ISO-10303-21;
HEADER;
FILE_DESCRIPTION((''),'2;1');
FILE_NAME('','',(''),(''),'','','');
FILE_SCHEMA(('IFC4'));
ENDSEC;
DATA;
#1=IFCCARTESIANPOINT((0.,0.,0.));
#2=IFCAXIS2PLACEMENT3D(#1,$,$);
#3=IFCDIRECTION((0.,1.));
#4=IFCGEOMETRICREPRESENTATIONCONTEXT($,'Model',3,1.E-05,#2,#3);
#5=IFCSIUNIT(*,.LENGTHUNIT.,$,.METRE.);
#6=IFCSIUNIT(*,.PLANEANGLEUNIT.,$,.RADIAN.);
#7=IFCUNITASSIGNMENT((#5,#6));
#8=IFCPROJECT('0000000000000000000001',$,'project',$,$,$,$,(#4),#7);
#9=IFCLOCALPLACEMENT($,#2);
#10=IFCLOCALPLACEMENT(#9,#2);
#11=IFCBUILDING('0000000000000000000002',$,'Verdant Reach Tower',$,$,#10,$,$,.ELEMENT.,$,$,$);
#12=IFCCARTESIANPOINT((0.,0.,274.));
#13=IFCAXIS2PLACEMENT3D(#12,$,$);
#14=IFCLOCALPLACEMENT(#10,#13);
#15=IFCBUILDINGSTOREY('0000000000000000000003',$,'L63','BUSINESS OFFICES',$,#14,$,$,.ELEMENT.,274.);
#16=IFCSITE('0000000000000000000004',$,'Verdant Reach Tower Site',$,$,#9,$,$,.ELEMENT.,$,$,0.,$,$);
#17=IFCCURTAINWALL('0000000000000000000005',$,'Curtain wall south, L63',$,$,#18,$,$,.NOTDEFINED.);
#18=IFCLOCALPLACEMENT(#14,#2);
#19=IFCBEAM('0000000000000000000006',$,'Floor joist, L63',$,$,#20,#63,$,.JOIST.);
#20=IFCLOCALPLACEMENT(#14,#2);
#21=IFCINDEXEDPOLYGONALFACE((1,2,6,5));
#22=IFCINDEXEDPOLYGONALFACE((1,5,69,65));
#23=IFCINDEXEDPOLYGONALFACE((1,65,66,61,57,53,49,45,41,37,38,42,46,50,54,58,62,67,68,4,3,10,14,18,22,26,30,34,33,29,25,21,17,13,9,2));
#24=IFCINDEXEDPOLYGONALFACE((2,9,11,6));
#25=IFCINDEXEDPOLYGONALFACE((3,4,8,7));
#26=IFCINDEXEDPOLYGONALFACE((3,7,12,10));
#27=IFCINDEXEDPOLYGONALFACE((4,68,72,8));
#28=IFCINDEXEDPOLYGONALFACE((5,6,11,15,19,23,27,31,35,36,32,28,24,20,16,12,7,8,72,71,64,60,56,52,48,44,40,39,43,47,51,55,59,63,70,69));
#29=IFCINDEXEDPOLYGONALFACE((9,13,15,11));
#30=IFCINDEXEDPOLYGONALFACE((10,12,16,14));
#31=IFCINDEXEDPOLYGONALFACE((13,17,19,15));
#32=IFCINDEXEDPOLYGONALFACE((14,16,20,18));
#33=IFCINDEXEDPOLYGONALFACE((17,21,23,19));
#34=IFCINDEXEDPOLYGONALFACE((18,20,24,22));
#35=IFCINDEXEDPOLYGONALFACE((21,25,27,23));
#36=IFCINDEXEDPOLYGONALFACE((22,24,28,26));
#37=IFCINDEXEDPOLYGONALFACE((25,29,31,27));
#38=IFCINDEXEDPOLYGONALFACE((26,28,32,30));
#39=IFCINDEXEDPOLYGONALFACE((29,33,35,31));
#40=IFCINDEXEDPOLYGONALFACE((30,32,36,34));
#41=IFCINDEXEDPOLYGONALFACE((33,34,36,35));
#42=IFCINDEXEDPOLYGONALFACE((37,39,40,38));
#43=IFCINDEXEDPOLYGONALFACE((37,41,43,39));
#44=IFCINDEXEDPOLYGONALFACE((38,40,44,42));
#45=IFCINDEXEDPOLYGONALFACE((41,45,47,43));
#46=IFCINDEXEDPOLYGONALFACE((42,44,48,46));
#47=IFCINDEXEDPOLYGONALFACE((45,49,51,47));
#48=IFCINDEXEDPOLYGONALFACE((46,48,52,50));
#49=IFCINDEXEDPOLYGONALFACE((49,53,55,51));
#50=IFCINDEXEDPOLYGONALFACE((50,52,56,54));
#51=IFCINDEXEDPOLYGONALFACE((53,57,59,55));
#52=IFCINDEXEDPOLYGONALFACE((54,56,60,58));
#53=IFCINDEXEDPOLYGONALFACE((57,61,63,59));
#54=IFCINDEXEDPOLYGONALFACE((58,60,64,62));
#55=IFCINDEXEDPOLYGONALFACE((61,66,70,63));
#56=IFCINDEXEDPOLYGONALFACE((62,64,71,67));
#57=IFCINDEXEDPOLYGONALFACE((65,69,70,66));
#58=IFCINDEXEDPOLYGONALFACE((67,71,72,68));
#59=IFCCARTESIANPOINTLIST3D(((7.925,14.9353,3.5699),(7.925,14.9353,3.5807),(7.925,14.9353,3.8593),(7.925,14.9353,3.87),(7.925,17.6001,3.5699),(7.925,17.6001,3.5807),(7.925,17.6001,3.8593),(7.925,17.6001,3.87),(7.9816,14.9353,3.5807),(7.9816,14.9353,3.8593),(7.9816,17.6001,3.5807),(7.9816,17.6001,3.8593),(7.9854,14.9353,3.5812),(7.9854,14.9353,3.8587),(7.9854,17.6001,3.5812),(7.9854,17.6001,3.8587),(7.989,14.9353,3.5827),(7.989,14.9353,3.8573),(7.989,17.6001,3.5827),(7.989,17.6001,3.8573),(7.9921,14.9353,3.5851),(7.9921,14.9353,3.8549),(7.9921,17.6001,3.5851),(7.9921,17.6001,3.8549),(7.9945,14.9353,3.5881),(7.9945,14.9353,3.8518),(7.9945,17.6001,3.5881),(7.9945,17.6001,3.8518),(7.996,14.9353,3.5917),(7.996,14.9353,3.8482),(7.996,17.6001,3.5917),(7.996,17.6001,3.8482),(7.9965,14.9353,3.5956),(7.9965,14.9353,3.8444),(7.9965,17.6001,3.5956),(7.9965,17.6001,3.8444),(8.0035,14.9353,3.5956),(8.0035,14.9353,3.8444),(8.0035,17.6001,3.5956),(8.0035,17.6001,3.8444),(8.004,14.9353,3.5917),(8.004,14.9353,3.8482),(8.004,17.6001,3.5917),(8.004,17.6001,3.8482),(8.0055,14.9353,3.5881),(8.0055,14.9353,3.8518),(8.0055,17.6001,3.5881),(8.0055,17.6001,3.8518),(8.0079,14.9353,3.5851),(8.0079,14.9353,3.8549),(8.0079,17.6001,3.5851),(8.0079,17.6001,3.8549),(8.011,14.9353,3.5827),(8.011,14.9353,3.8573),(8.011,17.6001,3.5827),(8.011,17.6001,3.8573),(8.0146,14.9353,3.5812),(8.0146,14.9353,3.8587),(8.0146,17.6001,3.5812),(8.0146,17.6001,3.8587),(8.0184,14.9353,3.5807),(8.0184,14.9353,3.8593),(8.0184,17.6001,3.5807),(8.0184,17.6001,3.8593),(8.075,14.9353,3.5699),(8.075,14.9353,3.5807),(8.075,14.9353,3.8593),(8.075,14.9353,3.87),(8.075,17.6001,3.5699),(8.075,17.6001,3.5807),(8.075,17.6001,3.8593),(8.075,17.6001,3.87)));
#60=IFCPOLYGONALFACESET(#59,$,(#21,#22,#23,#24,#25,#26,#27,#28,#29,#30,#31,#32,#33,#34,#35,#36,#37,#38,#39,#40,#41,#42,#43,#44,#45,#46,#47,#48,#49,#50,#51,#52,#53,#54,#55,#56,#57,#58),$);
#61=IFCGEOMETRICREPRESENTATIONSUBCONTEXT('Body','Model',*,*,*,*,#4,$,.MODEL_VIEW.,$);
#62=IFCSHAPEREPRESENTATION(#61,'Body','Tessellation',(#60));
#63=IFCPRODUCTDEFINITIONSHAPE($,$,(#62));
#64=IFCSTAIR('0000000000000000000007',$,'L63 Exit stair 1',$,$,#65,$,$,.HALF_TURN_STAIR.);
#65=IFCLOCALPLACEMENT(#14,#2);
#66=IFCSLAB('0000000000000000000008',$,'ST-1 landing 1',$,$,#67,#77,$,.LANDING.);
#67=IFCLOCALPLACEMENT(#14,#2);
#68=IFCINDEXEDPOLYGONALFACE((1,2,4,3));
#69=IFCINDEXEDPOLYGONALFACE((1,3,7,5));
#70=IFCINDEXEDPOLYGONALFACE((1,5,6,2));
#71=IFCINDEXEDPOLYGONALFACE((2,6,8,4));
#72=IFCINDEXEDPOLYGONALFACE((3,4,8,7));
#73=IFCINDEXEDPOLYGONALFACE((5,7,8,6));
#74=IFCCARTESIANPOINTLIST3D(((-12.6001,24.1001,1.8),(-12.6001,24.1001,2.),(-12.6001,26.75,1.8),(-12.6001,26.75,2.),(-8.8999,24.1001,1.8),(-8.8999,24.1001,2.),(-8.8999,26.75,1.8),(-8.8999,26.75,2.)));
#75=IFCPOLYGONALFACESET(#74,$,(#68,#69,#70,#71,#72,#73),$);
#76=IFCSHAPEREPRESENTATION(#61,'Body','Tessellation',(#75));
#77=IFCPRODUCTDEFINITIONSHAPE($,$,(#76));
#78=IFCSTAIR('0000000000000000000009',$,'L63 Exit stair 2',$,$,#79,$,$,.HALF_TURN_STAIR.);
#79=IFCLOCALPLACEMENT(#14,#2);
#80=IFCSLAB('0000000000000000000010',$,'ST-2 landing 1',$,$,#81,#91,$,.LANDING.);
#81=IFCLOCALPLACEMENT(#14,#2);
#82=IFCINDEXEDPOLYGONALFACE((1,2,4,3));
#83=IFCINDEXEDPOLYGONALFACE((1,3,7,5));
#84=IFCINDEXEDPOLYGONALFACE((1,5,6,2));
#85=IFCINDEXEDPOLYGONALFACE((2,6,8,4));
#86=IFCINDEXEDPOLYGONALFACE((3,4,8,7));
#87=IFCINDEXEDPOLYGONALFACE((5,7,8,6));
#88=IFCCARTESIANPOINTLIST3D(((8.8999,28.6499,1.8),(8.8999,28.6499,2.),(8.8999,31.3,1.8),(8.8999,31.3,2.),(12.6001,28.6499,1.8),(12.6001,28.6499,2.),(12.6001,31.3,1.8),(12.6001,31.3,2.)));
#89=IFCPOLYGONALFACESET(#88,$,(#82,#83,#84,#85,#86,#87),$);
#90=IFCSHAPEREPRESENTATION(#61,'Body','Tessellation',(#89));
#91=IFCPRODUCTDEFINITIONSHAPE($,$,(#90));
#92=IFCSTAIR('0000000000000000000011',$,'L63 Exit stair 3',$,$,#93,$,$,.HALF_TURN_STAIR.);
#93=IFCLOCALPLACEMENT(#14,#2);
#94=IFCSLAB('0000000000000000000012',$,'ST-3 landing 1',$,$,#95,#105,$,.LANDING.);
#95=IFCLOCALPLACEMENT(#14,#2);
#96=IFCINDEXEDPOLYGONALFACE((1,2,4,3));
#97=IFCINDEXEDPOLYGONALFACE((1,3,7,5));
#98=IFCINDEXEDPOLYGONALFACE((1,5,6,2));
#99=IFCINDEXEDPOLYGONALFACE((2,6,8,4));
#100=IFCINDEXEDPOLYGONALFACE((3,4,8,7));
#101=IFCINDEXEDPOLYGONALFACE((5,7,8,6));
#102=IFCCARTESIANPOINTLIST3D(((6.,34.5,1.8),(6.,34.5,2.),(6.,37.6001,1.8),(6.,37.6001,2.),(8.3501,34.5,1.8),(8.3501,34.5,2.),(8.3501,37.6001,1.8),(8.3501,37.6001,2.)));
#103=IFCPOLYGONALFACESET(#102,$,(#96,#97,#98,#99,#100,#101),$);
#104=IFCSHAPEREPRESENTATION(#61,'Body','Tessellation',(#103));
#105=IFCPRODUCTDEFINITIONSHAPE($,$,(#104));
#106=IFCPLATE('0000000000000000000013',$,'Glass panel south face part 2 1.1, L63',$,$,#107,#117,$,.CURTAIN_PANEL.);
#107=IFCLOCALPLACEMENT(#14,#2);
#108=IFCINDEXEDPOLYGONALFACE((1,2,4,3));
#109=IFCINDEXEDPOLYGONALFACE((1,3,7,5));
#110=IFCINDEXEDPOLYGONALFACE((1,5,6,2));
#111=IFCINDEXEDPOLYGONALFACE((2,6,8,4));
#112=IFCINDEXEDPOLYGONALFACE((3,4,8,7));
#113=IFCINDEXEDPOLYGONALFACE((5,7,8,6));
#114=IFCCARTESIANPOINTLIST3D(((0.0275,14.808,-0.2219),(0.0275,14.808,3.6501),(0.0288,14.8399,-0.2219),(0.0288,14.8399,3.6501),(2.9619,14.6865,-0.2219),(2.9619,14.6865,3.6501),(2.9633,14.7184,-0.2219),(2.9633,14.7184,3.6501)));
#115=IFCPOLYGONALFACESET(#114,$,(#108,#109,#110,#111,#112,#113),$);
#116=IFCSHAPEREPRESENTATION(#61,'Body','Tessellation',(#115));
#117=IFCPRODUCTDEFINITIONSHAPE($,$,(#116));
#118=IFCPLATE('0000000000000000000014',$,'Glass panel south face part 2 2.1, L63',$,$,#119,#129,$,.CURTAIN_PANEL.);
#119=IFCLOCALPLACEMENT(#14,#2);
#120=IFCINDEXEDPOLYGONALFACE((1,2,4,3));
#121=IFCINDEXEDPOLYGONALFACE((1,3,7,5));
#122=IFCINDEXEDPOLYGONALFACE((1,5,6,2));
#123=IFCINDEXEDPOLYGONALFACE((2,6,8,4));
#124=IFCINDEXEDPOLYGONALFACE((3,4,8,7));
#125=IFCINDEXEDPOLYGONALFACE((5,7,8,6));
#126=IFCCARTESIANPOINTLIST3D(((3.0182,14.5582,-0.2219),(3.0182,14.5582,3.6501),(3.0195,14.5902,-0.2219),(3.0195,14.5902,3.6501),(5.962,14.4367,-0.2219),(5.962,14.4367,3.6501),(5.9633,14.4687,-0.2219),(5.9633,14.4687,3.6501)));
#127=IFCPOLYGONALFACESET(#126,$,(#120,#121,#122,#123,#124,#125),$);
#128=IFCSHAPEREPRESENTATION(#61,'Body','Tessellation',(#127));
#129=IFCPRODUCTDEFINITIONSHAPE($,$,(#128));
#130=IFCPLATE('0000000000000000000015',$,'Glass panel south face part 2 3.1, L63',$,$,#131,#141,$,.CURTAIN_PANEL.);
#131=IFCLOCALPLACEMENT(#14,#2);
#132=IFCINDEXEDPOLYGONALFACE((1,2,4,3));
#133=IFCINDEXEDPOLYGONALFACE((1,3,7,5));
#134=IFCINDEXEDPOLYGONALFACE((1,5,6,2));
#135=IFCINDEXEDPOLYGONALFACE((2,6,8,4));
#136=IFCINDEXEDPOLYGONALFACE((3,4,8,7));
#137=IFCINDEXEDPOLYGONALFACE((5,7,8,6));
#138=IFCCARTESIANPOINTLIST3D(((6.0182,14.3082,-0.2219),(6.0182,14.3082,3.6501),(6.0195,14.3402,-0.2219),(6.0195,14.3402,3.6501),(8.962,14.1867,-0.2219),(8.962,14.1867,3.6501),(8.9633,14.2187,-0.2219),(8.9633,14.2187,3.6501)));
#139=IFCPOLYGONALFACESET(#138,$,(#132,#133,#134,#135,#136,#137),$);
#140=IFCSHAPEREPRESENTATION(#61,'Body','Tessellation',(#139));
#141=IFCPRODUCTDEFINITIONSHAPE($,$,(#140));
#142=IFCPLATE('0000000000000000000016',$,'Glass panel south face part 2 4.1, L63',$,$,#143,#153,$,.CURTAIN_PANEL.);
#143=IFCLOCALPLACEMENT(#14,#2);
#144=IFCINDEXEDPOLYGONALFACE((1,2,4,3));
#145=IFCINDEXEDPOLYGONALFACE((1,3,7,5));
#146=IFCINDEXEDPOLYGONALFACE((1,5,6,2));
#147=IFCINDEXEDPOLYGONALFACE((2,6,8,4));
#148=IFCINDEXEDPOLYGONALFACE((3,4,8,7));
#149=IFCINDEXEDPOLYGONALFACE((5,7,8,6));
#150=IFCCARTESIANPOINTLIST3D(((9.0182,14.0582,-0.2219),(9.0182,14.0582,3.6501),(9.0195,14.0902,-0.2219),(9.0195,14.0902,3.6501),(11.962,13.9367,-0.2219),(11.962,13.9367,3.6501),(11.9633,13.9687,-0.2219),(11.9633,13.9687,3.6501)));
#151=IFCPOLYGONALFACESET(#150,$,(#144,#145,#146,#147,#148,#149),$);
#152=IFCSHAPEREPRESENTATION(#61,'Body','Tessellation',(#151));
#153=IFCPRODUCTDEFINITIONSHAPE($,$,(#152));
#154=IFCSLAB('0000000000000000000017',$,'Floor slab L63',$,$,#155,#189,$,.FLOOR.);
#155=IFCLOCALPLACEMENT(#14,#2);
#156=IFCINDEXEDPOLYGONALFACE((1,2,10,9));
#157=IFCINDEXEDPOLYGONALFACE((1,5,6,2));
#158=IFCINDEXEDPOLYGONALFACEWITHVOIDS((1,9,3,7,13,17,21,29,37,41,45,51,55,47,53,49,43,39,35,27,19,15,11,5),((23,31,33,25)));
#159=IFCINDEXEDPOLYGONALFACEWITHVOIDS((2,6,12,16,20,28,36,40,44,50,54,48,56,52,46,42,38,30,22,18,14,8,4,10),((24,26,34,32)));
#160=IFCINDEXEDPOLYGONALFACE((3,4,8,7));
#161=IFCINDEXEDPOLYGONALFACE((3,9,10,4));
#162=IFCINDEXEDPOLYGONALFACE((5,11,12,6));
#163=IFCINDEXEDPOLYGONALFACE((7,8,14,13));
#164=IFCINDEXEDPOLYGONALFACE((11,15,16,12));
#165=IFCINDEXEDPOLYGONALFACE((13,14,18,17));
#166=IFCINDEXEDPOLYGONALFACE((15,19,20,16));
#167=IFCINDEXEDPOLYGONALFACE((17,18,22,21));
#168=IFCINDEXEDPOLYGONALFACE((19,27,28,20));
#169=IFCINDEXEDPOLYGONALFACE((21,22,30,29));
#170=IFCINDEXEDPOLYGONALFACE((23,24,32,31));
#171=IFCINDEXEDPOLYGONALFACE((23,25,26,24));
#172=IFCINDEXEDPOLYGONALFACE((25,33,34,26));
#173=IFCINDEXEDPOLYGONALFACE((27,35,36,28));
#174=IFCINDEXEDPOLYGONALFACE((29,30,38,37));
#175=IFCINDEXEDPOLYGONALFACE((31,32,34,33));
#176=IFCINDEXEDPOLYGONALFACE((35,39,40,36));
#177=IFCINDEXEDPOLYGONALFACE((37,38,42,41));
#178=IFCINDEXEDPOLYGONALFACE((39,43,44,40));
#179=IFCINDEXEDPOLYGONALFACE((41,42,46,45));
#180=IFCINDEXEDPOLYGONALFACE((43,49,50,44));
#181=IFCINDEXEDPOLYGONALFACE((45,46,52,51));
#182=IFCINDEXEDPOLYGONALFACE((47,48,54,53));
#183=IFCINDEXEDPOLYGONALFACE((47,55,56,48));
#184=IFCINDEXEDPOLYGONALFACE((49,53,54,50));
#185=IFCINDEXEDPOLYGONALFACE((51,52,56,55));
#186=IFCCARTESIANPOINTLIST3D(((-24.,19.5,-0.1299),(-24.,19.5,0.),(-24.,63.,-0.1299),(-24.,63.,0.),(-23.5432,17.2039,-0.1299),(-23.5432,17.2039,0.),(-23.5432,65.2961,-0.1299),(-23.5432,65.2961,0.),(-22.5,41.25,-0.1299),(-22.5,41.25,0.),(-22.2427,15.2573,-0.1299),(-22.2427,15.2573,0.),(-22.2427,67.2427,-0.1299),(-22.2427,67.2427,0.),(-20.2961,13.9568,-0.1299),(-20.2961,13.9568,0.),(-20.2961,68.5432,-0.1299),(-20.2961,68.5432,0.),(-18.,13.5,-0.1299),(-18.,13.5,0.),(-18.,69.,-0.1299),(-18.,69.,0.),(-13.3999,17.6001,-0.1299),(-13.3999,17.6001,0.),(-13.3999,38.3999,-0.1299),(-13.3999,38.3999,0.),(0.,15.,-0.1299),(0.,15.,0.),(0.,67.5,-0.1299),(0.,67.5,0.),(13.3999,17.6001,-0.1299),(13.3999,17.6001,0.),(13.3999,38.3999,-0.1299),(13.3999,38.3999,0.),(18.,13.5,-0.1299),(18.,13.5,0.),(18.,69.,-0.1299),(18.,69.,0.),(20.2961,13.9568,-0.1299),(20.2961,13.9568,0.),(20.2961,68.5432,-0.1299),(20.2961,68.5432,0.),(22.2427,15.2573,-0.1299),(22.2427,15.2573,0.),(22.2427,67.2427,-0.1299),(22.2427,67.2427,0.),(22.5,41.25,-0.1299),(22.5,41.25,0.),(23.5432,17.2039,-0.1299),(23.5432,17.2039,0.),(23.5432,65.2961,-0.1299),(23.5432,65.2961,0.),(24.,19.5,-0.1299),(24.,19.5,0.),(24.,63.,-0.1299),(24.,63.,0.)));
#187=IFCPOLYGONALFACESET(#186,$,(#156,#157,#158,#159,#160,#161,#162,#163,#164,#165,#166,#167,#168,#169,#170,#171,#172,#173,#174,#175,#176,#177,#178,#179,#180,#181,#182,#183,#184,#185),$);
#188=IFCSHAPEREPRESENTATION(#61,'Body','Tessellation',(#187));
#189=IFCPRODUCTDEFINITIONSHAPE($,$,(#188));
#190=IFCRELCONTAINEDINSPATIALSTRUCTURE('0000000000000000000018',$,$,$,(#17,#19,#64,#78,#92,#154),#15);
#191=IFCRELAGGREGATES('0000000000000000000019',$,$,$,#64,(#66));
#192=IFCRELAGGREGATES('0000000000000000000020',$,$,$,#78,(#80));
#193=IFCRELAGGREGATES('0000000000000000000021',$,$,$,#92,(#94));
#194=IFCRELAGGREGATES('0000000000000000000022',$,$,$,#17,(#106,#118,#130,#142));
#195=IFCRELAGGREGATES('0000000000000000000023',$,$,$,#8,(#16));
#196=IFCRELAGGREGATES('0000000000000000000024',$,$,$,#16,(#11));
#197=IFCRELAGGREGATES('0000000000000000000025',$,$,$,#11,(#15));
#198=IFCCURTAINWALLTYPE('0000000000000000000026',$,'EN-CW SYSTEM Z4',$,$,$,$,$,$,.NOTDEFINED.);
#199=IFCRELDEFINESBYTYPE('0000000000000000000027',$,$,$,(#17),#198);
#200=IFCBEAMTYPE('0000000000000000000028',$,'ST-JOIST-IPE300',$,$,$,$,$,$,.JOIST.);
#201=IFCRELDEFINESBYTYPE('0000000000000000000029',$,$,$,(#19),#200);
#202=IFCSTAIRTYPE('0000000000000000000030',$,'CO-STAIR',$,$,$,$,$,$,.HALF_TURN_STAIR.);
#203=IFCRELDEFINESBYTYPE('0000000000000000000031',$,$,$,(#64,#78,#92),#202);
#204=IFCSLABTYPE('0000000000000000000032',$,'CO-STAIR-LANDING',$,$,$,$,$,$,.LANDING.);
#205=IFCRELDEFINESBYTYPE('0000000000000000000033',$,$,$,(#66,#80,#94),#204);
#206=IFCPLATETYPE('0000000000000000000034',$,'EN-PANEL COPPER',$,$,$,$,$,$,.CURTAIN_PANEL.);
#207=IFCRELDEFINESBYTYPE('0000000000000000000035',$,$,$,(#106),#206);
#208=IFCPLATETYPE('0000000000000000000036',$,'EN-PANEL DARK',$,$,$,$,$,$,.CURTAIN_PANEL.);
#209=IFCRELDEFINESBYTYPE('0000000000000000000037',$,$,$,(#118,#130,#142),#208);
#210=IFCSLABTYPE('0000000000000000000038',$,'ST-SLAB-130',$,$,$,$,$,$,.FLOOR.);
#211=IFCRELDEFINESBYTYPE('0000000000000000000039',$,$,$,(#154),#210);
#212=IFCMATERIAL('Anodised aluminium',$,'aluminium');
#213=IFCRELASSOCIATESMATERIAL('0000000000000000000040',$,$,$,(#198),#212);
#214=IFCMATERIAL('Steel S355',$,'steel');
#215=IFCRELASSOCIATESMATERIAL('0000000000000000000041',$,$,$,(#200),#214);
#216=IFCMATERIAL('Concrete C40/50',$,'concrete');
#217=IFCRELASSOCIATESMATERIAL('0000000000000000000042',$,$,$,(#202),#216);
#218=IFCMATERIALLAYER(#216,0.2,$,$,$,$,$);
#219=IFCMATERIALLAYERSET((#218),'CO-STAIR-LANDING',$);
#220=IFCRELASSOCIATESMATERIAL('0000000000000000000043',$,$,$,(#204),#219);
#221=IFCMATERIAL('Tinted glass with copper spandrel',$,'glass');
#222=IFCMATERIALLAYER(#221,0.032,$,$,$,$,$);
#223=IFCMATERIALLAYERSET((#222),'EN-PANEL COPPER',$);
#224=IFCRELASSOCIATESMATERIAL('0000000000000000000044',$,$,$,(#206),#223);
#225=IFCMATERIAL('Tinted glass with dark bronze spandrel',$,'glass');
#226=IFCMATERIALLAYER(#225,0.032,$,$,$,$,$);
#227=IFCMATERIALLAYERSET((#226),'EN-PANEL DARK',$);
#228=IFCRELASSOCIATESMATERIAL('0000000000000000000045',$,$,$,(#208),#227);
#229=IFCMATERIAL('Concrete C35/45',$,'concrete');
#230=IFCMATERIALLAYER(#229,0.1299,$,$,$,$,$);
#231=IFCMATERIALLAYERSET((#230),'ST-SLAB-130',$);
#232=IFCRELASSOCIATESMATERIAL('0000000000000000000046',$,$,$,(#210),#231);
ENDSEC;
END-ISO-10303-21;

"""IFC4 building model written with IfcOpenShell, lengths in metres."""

from ifc_helpers import new_model, si_unit, direction, frame, origin, origin_2d, place, context, subcontext, project, spatial, polyline, rectangle, i_section, outline, extrude, material, layer, layer_set, material_profile, profile_set, type_object, element, aggregate, save


model = new_model("IFC4")

# Units and contexts
model_context = context("Model", 3, precision=1e-05, world=origin(), true_north=direction((0.0, 1.0)))
body_context = subcontext(model_context, "Body", "Model", "MODEL_VIEW")
ifc_project = project(units=[si_unit("LENGTHUNIT", "METRE"), si_unit("PLANEANGLEUNIT", "RADIAN")], contexts=[model_context])

# Site, building, storey
site_placement = place(None, origin())
site = spatial("IfcSite", under=ifc_project, at=site_placement, Name="Verdant Reach Tower Site", CompositionType="ELEMENT", RefElevation=0.0)
building_placement = place(site_placement, origin())
building = spatial("IfcBuilding", under=site, at=building_placement, Name="Verdant Reach Tower", CompositionType="ELEMENT")
storey_placement = place(building_placement, frame((0.0, 0.0, 274.0)))
storey = spatial("IfcBuildingStorey", under=building, at=storey_placement, Name="L63", Description="BUSINESS OFFICES", CompositionType="ELEMENT", Elevation=274.0)

# Curtain wall
ifc_material_1 = material(Name="Anodised aluminium", Category="aluminium")
curtain_wall_type = type_object("IfcCurtainWallType", Name="EN-CW SYSTEM Z4", PredefinedType="NOTDEFINED", material=ifc_material_1)
curtain_wall_placement = place(storey_placement, origin())
curtain_wall = element("IfcCurtainWall", 1, at=curtain_wall_placement, inside=storey, type_object=curtain_wall_type, Name="Curtain wall south, L63", PredefinedType="NOTDEFINED")

# Beam
ifc_material_2 = material(Name="Steel S355", Category="steel")
ifc_material_profile_1 = material_profile(ifc_material_2, i_section(OverallWidth=0.1499, OverallDepth=0.3, WebThickness=0.0071, FlangeThickness=0.0107, FilletRadius=0.0149, at=origin_2d()), Name="IPE 300")
ifc_profile_set_1 = profile_set([ifc_material_profile_1], Name="Steel S355")
beam_type = type_object("IfcBeamType", Name="ST-JOIST-IPE300", PredefinedType="JOIST", material=ifc_profile_set_1)
beam_1_placement = place(storey_placement, frame((8.0, 17.6001, 3.72), z_axis=(0.0, -1.0, 0.0), x_axis=(1.0, 0.0, 0.0)))
element("IfcBeam", 2, at=beam_1_placement, inside=storey, type_object=beam_type, Name="Floor joist, L63", PredefinedType="JOIST", context=body_context, shape_type="SweptSolid", body=[
    extrude(i_section(OverallWidth=0.1499, OverallDepth=0.3, WebThickness=0.0071, FlangeThickness=0.0107, FilletRadius=0.0149, at=origin_2d()), origin(), (0.0, 0.0, 1.0), 2.6648),
])

# Stairs, slabs
ifc_material_3 = material(Name="Concrete C40/50", Category="concrete")
stair_type = type_object("IfcStairType", Name="CO-STAIR", PredefinedType="HALF_TURN_STAIR", material=ifc_material_3)
stair_1_placement = place(storey_placement, origin())
stair_1 = element("IfcStair", 3, at=stair_1_placement, inside=storey, type_object=stair_type, Name="L63 Exit stair 1", PredefinedType="HALF_TURN_STAIR")
ifc_layer_1 = layer(ifc_material_3, 0.2)
ifc_layer_set_1 = layer_set([ifc_layer_1], Name="CO-STAIR-LANDING")
slab_type_1 = type_object("IfcSlabType", Name="CO-STAIR-LANDING", PredefinedType="LANDING", material=ifc_layer_set_1)
slab_1_placement = place(storey_placement, frame((0.0, 0.0, 1.8)))
slab_1 = element("IfcSlab", 4, at=slab_1_placement, type_object=slab_type_1, Name="ST-1 landing 1", PredefinedType="LANDING", context=body_context, shape_type="SweptSolid", body=[
    extrude(outline(polyline([(-12.6001, 26.75), (-12.6001, 24.1001), (-8.8999, 24.1001), (-8.8999, 26.75), (-12.6001, 26.75)])), origin(), (0.0, 0.0, 1.0), 0.2),
])
aggregate(stair_1, [slab_1])
stair_2_placement = place(storey_placement, origin())
stair_2 = element("IfcStair", 5, at=stair_2_placement, inside=storey, type_object=stair_type, Name="L63 Exit stair 2", PredefinedType="HALF_TURN_STAIR")
slab_2_placement = place(storey_placement, frame((0.0, 0.0, 1.8)))
slab_2 = element("IfcSlab", 6, at=slab_2_placement, type_object=slab_type_1, Name="ST-2 landing 1", PredefinedType="LANDING", context=body_context, shape_type="SweptSolid", body=[
    extrude(outline(polyline([(12.6001, 28.6499), (12.6001, 31.3), (8.8999, 31.3), (8.8999, 28.6499), (12.6001, 28.6499)])), origin(), (0.0, 0.0, 1.0), 0.2),
])
aggregate(stair_2, [slab_2])
stair_3_placement = place(storey_placement, origin())
stair_3 = element("IfcStair", 7, at=stair_3_placement, inside=storey, type_object=stair_type, Name="L63 Exit stair 3", PredefinedType="HALF_TURN_STAIR")
slab_3_placement = place(storey_placement, frame((0.0, 0.0, 1.8)))
slab_3 = element("IfcSlab", 8, at=slab_3_placement, type_object=slab_type_1, Name="ST-3 landing 1", PredefinedType="LANDING", context=body_context, shape_type="SweptSolid", body=[
    extrude(outline(polyline([(8.3501, 37.6001), (6.0, 37.6001), (6.0, 34.5), (8.3501, 34.5), (8.3501, 37.6001)])), origin(), (0.0, 0.0, 1.0), 0.2),
])
aggregate(stair_3, [slab_3])

# Plates
ifc_material_4 = material(Name="Tinted glass with copper spandrel", Category="glass")
ifc_layer_2 = layer(ifc_material_4, 0.032)
ifc_layer_set_2 = layer_set([ifc_layer_2], Name="EN-PANEL COPPER")
plate_type_1 = type_object("IfcPlateType", Name="EN-PANEL COPPER", PredefinedType="CURTAIN_PANEL", material=ifc_layer_set_2)
plate_1_placement = place(storey_placement, frame((1.4954, 14.7632, -0.2219), z_axis=(0.0, 0.0, 1.0), x_axis=(0.999144, -0.04137, 0.0)))
plate_1 = element("IfcPlate", 9, at=plate_1_placement, type_object=plate_type_1, Name="Glass panel south face part 2 1.1, L63", PredefinedType="CURTAIN_PANEL", context=body_context, shape_type="SweptSolid", body=[
    extrude(rectangle(XDim=2.937, YDim=0.032, at=origin_2d()), origin(), (0.0, 0.0, 1.0), 3.8721),
])
ifc_material_5 = material(Name="Tinted glass with dark bronze spandrel", Category="glass")
ifc_layer_3 = layer(ifc_material_5, 0.032)
ifc_layer_set_3 = layer_set([ifc_layer_3], Name="EN-PANEL DARK")
plate_type_2 = type_object("IfcPlateType", Name="EN-PANEL DARK", PredefinedType="CURTAIN_PANEL", material=ifc_layer_set_3)
plate_2_placement = place(storey_placement, frame((4.4907, 14.5134, -0.2219), z_axis=(0.0, 0.0, 1.0), x_axis=(0.999149, -0.041242, 0.0)))
plate_2 = element("IfcPlate", 10, at=plate_2_placement, type_object=plate_type_2, Name="Glass panel south face part 2 2.1, L63", PredefinedType="CURTAIN_PANEL", context=body_context, shape_type="SweptSolid", body=[
    extrude(rectangle(XDim=2.9463, YDim=0.032, at=origin_2d()), origin(), (0.0, 0.0, 1.0), 3.8721),
])
plate_3_placement = place(storey_placement, frame((7.4907, 14.2634, -0.2219), z_axis=(0.0, 0.0, 1.0), x_axis=(0.999149, -0.041242, 0.0)))
plate_3 = element("IfcPlate", 11, at=plate_3_placement, type_object=plate_type_2, Name="Glass panel south face part 2 3.1, L63", PredefinedType="CURTAIN_PANEL", context=body_context, shape_type="SweptSolid", body=[
    extrude(rectangle(XDim=2.9463, YDim=0.032, at=origin_2d()), origin(), (0.0, 0.0, 1.0), 3.8721),
])
plate_4_placement = place(storey_placement, frame((10.4907, 14.0134, -0.2219), z_axis=(0.0, 0.0, 1.0), x_axis=(0.999149, -0.041242, 0.0)))
plate_4 = element("IfcPlate", 12, at=plate_4_placement, type_object=plate_type_2, Name="Glass panel south face part 2 4.1, L63", PredefinedType="CURTAIN_PANEL", context=body_context, shape_type="SweptSolid", body=[
    extrude(rectangle(XDim=2.9463, YDim=0.032, at=origin_2d()), origin(), (0.0, 0.0, 1.0), 3.8721),
])
aggregate(curtain_wall, [plate_1, plate_2, plate_3, plate_4])

# Slab
ifc_material_6 = material(Name="Concrete C35/45", Category="concrete")
ifc_layer_4 = layer(ifc_material_6, 0.1299)
ifc_layer_set_4 = layer_set([ifc_layer_4], Name="ST-SLAB-130")
slab_type_2 = type_object("IfcSlabType", Name="ST-SLAB-130", PredefinedType="FLOOR", material=ifc_layer_set_4)
slab_4_placement = place(storey_placement, frame((0.0, 0.0, -0.1299)))
element("IfcSlab", 13, at=slab_4_placement, inside=storey, type_object=slab_type_2, Name="Floor slab L63", PredefinedType="FLOOR", context=body_context, shape_type="SweptSolid", body=[
    extrude(outline(polyline([(0.0, 15.0), (-18.0, 13.5), (-20.2961, 13.9568), (-22.2427, 15.2573), (-23.5432, 17.2039), (-24.0, 19.5), (-22.5, 41.25), (-24.0, 63.0), (-23.5432, 65.2961), (-22.2427, 67.2427), (-20.2961, 68.5432), (-18.0, 69.0), (0.0, 67.5), (18.0, 69.0), (20.2961, 68.5432), (22.2427, 67.2427), (23.5432, 65.2961), (24.0, 63.0), (22.5, 41.25), (24.0, 19.5), (23.5432, 17.2039), (22.2427, 15.2573), (20.2961, 13.9568), (18.0, 13.5), (0.0, 15.0)]), holes=[polyline([(13.3999, 38.3999), (-13.3999, 38.3999), (-13.3999, 17.6001), (13.3999, 17.6001), (13.3999, 38.3999)])]), origin(), (0.0, 0.0, 1.0), 0.1299),
])

save(model, "model.ifc")
